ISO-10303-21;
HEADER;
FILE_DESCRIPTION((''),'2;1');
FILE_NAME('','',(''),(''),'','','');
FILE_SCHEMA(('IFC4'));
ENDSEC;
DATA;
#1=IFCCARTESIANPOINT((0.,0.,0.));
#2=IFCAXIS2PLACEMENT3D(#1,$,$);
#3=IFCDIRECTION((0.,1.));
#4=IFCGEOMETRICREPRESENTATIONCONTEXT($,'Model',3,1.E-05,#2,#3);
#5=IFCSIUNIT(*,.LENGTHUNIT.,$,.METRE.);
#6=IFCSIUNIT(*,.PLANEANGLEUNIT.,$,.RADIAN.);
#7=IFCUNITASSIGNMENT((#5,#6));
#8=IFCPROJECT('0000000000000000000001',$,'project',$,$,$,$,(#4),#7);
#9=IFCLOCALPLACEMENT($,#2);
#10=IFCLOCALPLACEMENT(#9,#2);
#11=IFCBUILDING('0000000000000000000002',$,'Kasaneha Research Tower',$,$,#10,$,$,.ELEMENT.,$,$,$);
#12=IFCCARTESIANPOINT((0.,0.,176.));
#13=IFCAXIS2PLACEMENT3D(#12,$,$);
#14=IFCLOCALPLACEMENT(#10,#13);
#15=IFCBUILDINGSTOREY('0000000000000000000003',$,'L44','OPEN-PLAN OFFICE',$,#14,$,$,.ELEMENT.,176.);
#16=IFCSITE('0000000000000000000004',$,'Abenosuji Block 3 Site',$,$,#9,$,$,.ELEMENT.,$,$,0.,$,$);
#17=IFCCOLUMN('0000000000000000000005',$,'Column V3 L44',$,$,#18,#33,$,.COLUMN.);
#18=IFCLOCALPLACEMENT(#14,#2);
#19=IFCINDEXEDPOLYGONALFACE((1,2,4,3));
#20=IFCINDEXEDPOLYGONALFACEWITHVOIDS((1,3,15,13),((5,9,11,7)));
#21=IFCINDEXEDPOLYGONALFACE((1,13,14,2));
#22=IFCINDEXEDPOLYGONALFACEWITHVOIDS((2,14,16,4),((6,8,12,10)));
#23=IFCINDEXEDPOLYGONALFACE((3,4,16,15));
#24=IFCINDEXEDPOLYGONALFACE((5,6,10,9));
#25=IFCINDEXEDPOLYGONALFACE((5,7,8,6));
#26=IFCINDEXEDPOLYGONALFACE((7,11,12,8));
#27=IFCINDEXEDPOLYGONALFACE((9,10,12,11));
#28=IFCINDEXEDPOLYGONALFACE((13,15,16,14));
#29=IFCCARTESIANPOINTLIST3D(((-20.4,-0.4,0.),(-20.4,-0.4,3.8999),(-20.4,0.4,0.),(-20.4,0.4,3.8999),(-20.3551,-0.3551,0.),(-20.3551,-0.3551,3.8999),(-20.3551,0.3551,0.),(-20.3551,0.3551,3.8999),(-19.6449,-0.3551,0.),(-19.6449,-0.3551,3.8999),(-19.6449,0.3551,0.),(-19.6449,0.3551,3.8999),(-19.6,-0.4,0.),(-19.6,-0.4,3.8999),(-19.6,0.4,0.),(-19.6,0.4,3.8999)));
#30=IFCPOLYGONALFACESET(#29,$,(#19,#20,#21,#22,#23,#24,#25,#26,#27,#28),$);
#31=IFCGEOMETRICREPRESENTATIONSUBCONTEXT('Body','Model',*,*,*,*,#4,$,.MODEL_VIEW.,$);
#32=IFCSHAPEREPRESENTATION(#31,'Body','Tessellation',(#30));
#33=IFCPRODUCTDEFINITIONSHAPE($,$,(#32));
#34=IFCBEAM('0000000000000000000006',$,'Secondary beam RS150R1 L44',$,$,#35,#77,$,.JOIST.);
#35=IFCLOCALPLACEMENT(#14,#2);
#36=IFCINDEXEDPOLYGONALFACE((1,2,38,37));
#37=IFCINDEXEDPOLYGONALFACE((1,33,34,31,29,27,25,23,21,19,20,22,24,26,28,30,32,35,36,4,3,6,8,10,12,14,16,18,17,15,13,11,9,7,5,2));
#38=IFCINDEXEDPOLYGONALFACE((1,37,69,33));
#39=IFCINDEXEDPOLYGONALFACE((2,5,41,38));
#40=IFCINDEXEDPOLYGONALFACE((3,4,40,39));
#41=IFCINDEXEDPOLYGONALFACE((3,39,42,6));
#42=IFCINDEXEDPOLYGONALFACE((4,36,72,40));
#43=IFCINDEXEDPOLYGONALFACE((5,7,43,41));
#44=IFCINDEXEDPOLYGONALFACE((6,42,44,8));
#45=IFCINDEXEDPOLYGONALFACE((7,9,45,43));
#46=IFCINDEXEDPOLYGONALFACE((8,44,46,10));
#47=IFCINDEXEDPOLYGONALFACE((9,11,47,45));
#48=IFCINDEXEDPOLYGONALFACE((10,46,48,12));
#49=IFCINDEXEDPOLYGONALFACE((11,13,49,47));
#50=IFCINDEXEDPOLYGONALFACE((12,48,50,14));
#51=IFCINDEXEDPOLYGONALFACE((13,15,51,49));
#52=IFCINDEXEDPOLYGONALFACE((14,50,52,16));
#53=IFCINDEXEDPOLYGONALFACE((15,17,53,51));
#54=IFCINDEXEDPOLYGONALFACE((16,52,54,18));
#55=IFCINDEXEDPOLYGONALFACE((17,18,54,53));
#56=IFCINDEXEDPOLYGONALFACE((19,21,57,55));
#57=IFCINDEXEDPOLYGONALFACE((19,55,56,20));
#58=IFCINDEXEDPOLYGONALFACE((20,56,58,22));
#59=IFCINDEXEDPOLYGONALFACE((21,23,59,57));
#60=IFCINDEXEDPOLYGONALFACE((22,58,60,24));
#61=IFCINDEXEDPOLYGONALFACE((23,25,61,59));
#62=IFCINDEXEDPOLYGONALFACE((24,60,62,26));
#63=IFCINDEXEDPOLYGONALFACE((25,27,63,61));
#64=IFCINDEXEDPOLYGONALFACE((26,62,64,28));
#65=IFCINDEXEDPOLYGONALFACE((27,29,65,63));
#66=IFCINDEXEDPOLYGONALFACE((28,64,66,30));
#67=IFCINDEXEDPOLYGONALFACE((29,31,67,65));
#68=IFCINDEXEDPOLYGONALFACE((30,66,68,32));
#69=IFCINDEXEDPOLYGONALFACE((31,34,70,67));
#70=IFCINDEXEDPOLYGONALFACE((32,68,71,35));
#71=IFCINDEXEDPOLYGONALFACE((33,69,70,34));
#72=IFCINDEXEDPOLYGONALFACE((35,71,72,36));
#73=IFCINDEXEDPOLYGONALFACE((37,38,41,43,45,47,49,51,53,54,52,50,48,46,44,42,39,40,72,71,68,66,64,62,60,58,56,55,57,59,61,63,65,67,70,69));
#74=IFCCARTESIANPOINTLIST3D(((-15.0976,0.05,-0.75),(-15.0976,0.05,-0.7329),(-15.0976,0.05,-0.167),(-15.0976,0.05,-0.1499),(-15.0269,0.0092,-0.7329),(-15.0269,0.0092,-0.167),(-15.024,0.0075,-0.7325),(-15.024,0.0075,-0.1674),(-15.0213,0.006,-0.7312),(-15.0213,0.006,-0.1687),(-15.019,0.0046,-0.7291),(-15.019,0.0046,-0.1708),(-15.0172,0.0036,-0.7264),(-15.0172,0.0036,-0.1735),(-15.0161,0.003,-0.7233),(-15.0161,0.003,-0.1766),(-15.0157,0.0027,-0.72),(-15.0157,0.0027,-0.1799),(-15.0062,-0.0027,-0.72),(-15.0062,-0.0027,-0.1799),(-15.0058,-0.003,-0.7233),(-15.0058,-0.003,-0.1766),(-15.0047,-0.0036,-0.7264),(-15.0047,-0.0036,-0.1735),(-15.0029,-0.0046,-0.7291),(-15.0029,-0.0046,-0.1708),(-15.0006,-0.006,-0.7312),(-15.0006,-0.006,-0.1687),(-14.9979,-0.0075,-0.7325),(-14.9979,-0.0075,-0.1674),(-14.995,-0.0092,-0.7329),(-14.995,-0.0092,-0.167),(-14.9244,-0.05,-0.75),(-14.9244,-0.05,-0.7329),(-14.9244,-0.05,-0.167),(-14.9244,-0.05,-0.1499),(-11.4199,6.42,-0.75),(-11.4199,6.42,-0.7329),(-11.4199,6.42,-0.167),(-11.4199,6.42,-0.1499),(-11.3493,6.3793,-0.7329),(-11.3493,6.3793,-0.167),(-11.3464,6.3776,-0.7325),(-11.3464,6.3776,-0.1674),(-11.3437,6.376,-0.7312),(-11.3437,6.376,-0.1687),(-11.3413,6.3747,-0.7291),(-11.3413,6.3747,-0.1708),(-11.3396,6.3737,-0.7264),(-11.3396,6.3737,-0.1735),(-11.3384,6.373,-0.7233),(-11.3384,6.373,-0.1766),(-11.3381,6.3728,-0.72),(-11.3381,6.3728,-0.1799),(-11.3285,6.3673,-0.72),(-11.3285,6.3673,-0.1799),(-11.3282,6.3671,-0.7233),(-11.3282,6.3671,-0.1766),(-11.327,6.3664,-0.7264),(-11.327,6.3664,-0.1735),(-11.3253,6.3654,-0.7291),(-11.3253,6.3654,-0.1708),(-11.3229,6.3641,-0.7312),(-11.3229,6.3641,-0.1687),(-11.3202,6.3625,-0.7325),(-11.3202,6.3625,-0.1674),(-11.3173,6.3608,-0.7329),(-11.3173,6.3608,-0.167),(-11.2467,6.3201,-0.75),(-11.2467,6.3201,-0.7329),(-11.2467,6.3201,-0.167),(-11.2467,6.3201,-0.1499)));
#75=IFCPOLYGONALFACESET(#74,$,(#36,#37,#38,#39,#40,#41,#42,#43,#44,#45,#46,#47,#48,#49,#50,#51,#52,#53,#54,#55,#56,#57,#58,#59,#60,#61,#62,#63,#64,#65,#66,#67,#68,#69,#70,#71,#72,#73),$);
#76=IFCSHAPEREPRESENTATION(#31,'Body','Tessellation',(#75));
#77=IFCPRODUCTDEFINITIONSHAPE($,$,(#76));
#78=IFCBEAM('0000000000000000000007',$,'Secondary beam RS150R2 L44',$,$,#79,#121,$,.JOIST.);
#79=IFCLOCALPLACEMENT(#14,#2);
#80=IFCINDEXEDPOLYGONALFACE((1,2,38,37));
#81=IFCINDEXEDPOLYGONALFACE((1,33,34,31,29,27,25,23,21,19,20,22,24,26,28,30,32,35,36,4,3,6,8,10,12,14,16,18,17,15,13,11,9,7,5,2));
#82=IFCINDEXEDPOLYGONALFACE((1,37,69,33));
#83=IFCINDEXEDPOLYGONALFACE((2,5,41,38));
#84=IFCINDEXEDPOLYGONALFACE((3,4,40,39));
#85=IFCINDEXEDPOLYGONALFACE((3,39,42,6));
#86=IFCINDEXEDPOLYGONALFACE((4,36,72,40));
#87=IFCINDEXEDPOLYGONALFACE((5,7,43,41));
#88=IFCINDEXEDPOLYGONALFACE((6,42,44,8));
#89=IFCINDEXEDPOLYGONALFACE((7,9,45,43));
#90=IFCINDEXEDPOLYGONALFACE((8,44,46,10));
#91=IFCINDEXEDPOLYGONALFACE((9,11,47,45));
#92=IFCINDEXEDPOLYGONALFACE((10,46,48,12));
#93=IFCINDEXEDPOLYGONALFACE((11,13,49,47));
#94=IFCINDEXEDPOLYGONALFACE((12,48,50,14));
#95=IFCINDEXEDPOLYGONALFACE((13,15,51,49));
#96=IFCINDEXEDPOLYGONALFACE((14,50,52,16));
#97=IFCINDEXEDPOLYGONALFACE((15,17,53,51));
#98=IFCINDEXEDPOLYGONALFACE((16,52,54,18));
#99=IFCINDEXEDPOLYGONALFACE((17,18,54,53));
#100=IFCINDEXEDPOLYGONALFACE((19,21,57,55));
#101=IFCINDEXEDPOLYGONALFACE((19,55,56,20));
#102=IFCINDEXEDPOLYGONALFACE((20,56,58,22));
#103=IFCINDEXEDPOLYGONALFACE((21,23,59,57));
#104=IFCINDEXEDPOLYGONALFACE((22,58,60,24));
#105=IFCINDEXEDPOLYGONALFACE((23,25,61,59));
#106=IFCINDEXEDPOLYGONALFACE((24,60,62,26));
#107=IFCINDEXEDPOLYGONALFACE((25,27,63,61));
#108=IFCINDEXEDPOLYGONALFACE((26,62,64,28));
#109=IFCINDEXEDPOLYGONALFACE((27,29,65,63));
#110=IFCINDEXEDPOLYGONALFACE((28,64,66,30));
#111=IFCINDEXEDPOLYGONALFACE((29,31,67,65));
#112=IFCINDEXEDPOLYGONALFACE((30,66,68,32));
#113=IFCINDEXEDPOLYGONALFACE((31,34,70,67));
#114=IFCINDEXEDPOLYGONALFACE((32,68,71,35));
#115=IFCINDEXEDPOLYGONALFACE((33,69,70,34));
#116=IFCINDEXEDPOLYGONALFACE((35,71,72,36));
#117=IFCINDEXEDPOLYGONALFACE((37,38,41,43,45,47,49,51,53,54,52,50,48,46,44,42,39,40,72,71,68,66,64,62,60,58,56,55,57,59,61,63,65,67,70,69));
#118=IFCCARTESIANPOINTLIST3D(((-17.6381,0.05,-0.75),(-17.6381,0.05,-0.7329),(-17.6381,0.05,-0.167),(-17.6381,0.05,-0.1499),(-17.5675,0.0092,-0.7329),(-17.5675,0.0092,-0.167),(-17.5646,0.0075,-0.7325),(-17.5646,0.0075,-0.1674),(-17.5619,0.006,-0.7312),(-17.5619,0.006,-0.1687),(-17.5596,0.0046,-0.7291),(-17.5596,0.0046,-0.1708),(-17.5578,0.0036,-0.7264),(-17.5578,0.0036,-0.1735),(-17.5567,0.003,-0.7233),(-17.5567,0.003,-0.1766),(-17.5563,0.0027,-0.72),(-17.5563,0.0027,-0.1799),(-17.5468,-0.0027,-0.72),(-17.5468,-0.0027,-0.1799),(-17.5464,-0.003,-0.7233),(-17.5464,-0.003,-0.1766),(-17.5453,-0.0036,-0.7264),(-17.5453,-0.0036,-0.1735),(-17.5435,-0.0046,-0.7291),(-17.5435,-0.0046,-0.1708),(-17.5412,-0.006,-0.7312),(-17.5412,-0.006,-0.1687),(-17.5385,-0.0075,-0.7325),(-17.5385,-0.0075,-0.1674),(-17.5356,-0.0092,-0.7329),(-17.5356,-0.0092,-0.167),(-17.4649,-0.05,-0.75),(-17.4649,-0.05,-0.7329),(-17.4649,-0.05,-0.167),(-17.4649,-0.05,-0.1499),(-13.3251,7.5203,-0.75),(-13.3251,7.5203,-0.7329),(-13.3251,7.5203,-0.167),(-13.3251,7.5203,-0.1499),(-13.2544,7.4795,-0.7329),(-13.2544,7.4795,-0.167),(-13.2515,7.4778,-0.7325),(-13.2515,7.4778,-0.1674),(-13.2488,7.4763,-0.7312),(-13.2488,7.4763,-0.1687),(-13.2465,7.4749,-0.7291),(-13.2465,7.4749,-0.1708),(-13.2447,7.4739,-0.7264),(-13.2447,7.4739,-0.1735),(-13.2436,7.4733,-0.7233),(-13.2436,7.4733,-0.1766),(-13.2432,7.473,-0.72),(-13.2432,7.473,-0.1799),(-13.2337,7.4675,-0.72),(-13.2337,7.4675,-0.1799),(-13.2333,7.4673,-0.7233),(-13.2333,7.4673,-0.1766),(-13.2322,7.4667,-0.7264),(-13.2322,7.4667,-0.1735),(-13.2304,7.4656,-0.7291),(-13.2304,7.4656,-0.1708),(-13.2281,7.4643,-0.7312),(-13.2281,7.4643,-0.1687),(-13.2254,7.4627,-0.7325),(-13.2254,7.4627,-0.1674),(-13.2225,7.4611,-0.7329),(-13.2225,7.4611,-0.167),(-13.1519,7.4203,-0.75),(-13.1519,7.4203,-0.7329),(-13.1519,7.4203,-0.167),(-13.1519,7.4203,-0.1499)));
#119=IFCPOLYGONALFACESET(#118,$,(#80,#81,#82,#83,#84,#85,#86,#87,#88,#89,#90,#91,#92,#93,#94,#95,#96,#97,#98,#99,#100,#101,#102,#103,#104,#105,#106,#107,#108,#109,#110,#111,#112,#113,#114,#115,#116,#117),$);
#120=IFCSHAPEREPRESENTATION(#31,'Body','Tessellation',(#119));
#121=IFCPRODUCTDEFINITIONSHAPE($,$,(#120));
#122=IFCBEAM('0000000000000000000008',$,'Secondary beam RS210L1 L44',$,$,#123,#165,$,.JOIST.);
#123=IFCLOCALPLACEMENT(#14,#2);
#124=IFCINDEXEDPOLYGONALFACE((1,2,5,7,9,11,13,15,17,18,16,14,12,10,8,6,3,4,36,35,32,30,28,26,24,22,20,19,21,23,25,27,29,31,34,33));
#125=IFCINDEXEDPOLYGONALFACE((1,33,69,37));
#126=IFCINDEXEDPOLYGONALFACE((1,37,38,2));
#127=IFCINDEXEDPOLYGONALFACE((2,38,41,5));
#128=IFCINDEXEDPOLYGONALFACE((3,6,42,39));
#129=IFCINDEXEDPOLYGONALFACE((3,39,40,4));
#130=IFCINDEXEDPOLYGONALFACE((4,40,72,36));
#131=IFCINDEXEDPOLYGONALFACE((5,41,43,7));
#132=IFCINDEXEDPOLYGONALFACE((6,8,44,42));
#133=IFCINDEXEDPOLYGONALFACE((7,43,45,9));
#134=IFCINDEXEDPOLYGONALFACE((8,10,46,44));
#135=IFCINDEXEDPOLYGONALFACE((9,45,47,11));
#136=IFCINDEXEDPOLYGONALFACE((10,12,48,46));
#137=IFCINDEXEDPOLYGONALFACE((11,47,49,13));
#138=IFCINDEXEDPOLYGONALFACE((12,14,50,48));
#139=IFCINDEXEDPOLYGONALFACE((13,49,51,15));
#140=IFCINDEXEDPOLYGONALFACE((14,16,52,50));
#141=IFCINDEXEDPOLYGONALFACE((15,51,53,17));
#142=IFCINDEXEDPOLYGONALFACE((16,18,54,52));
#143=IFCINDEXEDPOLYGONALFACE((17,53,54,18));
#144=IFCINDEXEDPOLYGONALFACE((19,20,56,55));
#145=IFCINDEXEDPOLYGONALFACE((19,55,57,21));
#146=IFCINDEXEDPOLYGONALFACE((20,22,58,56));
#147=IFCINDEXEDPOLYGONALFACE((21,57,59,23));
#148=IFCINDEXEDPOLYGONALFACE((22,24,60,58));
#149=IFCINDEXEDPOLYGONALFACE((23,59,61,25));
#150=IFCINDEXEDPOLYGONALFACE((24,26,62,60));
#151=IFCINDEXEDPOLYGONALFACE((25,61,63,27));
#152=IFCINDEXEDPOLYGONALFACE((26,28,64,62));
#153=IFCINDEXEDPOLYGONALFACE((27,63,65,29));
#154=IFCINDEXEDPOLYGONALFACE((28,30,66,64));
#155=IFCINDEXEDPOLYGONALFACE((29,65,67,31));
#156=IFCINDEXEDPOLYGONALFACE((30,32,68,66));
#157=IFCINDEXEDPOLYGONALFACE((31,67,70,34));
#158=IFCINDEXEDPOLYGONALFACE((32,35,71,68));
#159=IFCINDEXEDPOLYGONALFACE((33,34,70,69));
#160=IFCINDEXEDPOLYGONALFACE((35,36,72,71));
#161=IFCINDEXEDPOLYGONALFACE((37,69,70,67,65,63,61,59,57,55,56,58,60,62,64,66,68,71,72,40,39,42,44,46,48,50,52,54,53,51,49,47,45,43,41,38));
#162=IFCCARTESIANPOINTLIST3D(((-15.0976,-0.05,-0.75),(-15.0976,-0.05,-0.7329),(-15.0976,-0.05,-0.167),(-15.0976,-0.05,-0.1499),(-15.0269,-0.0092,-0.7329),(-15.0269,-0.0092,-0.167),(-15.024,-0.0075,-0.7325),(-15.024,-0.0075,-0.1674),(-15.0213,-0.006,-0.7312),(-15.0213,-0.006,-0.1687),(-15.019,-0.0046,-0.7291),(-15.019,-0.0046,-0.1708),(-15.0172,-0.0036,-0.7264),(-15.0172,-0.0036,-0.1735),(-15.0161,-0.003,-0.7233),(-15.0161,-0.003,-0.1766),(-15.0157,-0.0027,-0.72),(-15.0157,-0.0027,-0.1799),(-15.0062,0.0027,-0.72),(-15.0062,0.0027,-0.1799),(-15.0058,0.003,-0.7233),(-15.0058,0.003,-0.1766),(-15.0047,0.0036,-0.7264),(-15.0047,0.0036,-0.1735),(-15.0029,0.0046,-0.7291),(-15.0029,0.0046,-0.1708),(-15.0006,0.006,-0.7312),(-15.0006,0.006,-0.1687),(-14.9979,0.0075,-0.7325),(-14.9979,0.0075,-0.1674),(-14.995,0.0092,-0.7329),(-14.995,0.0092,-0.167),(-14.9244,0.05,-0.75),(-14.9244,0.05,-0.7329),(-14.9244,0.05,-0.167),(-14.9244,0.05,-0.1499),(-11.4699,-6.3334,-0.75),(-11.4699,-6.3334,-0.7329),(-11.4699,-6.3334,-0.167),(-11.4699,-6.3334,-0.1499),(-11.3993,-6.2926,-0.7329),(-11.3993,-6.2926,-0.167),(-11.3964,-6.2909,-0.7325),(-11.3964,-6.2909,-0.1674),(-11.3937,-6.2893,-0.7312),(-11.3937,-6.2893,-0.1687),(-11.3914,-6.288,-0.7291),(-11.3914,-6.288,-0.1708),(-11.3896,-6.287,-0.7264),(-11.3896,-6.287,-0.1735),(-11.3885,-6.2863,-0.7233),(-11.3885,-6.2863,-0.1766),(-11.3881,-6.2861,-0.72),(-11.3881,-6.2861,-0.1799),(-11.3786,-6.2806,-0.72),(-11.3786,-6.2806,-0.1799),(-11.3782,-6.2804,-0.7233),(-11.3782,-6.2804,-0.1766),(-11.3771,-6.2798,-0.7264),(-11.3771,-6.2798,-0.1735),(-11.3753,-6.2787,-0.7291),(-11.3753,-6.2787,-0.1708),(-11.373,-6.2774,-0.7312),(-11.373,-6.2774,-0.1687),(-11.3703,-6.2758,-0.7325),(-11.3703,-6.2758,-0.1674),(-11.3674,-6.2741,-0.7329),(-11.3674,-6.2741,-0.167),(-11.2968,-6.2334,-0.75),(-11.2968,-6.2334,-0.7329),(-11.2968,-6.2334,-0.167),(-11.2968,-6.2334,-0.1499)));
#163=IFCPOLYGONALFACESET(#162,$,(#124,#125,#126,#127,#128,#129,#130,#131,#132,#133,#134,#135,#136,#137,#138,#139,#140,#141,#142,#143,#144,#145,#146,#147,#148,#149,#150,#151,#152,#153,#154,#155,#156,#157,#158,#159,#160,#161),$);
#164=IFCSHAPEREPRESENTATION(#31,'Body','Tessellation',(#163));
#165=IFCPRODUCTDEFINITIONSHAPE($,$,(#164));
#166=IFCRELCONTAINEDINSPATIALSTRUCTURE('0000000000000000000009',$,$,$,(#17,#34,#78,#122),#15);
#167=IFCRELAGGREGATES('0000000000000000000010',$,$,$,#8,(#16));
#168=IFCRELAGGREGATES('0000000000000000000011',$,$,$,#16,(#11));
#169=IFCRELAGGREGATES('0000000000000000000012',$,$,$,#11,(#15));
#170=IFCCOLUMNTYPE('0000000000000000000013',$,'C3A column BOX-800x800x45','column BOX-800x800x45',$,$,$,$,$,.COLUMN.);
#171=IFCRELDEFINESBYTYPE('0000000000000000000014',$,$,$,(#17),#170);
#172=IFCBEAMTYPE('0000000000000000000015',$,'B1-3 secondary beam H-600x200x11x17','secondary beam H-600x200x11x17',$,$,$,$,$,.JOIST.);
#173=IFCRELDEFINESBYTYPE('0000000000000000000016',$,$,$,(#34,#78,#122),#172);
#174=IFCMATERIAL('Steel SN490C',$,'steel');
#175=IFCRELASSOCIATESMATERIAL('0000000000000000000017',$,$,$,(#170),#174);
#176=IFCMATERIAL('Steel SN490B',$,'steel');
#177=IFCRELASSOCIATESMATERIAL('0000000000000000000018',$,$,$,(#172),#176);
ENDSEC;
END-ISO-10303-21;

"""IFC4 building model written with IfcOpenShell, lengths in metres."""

from ifc_helpers import new_model, si_unit, direction, frame, origin, origin_2d, place, context, subcontext, project, spatial, hollow_rectangle, i_section, extrude, material, material_profile, profile_set, type_object, element, save


model = new_model("IFC4")

# Units and contexts
model_context = context("Model", 3, precision=1e-05, world=origin(), true_north=direction((0.0, 1.0)))
body_context = subcontext(model_context, "Body", "Model", "MODEL_VIEW")
ifc_project = project(units=[si_unit("LENGTHUNIT", "METRE"), si_unit("PLANEANGLEUNIT", "RADIAN")], contexts=[model_context])

# Site, building, storey
site_placement = place(None, origin())
site = spatial("IfcSite", under=ifc_project, at=site_placement, Name="Abenosuji Block 3 Site", CompositionType="ELEMENT", RefElevation=0.0)
building_placement = place(site_placement, origin())
building = spatial("IfcBuilding", under=site, at=building_placement, Name="Kasaneha Research Tower", CompositionType="ELEMENT")
storey_placement = place(building_placement, frame((0.0, 0.0, 176.0)))
storey = spatial("IfcBuildingStorey", under=building, at=storey_placement, Name="L44", Description="OPEN-PLAN OFFICE", CompositionType="ELEMENT", Elevation=176.0)

# Column
ifc_material_1 = material(Name="Steel SN490C", Category="steel")
ifc_material_profile_1 = material_profile(ifc_material_1, hollow_rectangle(XDim=0.8, YDim=0.8, WallThickness=0.0449, at=origin_2d()), Name="BOX-800x800x45")
ifc_profile_set_1 = profile_set([ifc_material_profile_1], Name="Steel SN490C")
column_type = type_object("IfcColumnType", Name="C3A column BOX-800x800x45", Description="column BOX-800x800x45", PredefinedType="COLUMN", material=ifc_profile_set_1)
column_placement = place(storey_placement, frame((-20.0, 0.0, 0.0), z_axis=(0.0, 0.0, 1.0), x_axis=(1.0, 0.0, 0.0)))
element("IfcColumn", 1, at=column_placement, inside=storey, type_object=column_type, Name="Column V3 L44", PredefinedType="COLUMN", context=body_context, shape_type="SweptSolid", body=[
    extrude(hollow_rectangle(XDim=0.8, YDim=0.8, WallThickness=0.0449, at=origin_2d()), origin(), (0.0, 0.0, 1.0), 3.8999),
])

# Beams
ifc_material_2 = material(Name="Steel SN490B", Category="steel")
ifc_material_profile_2 = material_profile(ifc_material_2, i_section(OverallWidth=0.2, OverallDepth=0.6001, WebThickness=0.011, FlangeThickness=0.0171, FilletRadius=0.0129, at=origin_2d()), Name="H-600x200x11x17")
ifc_profile_set_2 = profile_set([ifc_material_profile_2], Name="Steel SN490B")
beam_type_1 = type_object("IfcBeamType", Name="B1-3 secondary beam H-600x200x11x17", Description="secondary beam H-600x200x11x17", PredefinedType="JOIST", material=ifc_profile_set_2)
beam_1_placement = place(storey_placement, frame((-15.011, 0.0, -0.45), z_axis=(0.499994, 0.866029, 0.0), x_axis=(-0.866029, 0.499994, 0.0)))
element("IfcBeam", 2, at=beam_1_placement, inside=storey, type_object=beam_type_1, Name="Secondary beam RS150R1 L44", PredefinedType="JOIST", context=body_context, shape_type="SweptSolid", body=[
    extrude(i_section(OverallWidth=0.2, OverallDepth=0.6001, WebThickness=0.011, FlangeThickness=0.0171, FilletRadius=0.0129, at=origin_2d()), origin(), (0.0, 0.0, 1.0), 7.3555),
])
beam_2_placement = place(storey_placement, frame((-17.5515, 0.0, -0.45), z_axis=(0.500005, 0.866023, 0.0), x_axis=(-0.866023, 0.500005, 0.0)))
element("IfcBeam", 3, at=beam_2_placement, inside=storey, type_object=beam_type_1, Name="Secondary beam RS150R2 L44", PredefinedType="JOIST", context=body_context, shape_type="SweptSolid", body=[
    extrude(i_section(OverallWidth=0.2, OverallDepth=0.6001, WebThickness=0.011, FlangeThickness=0.0171, FilletRadius=0.0129, at=origin_2d()), origin(), (0.0, 0.0, 1.0), 8.626),
])
beam_3_placement = place(storey_placement, frame((-15.011, 0.0, -0.45), z_axis=(0.499993, -0.866029, 0.0), x_axis=(0.866029, 0.499993, 0.0)))
element("IfcBeam", 4, at=beam_3_placement, inside=storey, type_object=beam_type_1, Name="Secondary beam RS210L1 L44", PredefinedType="JOIST", context=body_context, shape_type="SweptSolid", body=[
    extrude(i_section(OverallWidth=0.2, OverallDepth=0.6001, WebThickness=0.011, FlangeThickness=0.0171, FilletRadius=0.0129, at=origin_2d()), origin(), (0.0, 0.0, 1.0), 7.2554),
])

save(model, "model.ifc")
